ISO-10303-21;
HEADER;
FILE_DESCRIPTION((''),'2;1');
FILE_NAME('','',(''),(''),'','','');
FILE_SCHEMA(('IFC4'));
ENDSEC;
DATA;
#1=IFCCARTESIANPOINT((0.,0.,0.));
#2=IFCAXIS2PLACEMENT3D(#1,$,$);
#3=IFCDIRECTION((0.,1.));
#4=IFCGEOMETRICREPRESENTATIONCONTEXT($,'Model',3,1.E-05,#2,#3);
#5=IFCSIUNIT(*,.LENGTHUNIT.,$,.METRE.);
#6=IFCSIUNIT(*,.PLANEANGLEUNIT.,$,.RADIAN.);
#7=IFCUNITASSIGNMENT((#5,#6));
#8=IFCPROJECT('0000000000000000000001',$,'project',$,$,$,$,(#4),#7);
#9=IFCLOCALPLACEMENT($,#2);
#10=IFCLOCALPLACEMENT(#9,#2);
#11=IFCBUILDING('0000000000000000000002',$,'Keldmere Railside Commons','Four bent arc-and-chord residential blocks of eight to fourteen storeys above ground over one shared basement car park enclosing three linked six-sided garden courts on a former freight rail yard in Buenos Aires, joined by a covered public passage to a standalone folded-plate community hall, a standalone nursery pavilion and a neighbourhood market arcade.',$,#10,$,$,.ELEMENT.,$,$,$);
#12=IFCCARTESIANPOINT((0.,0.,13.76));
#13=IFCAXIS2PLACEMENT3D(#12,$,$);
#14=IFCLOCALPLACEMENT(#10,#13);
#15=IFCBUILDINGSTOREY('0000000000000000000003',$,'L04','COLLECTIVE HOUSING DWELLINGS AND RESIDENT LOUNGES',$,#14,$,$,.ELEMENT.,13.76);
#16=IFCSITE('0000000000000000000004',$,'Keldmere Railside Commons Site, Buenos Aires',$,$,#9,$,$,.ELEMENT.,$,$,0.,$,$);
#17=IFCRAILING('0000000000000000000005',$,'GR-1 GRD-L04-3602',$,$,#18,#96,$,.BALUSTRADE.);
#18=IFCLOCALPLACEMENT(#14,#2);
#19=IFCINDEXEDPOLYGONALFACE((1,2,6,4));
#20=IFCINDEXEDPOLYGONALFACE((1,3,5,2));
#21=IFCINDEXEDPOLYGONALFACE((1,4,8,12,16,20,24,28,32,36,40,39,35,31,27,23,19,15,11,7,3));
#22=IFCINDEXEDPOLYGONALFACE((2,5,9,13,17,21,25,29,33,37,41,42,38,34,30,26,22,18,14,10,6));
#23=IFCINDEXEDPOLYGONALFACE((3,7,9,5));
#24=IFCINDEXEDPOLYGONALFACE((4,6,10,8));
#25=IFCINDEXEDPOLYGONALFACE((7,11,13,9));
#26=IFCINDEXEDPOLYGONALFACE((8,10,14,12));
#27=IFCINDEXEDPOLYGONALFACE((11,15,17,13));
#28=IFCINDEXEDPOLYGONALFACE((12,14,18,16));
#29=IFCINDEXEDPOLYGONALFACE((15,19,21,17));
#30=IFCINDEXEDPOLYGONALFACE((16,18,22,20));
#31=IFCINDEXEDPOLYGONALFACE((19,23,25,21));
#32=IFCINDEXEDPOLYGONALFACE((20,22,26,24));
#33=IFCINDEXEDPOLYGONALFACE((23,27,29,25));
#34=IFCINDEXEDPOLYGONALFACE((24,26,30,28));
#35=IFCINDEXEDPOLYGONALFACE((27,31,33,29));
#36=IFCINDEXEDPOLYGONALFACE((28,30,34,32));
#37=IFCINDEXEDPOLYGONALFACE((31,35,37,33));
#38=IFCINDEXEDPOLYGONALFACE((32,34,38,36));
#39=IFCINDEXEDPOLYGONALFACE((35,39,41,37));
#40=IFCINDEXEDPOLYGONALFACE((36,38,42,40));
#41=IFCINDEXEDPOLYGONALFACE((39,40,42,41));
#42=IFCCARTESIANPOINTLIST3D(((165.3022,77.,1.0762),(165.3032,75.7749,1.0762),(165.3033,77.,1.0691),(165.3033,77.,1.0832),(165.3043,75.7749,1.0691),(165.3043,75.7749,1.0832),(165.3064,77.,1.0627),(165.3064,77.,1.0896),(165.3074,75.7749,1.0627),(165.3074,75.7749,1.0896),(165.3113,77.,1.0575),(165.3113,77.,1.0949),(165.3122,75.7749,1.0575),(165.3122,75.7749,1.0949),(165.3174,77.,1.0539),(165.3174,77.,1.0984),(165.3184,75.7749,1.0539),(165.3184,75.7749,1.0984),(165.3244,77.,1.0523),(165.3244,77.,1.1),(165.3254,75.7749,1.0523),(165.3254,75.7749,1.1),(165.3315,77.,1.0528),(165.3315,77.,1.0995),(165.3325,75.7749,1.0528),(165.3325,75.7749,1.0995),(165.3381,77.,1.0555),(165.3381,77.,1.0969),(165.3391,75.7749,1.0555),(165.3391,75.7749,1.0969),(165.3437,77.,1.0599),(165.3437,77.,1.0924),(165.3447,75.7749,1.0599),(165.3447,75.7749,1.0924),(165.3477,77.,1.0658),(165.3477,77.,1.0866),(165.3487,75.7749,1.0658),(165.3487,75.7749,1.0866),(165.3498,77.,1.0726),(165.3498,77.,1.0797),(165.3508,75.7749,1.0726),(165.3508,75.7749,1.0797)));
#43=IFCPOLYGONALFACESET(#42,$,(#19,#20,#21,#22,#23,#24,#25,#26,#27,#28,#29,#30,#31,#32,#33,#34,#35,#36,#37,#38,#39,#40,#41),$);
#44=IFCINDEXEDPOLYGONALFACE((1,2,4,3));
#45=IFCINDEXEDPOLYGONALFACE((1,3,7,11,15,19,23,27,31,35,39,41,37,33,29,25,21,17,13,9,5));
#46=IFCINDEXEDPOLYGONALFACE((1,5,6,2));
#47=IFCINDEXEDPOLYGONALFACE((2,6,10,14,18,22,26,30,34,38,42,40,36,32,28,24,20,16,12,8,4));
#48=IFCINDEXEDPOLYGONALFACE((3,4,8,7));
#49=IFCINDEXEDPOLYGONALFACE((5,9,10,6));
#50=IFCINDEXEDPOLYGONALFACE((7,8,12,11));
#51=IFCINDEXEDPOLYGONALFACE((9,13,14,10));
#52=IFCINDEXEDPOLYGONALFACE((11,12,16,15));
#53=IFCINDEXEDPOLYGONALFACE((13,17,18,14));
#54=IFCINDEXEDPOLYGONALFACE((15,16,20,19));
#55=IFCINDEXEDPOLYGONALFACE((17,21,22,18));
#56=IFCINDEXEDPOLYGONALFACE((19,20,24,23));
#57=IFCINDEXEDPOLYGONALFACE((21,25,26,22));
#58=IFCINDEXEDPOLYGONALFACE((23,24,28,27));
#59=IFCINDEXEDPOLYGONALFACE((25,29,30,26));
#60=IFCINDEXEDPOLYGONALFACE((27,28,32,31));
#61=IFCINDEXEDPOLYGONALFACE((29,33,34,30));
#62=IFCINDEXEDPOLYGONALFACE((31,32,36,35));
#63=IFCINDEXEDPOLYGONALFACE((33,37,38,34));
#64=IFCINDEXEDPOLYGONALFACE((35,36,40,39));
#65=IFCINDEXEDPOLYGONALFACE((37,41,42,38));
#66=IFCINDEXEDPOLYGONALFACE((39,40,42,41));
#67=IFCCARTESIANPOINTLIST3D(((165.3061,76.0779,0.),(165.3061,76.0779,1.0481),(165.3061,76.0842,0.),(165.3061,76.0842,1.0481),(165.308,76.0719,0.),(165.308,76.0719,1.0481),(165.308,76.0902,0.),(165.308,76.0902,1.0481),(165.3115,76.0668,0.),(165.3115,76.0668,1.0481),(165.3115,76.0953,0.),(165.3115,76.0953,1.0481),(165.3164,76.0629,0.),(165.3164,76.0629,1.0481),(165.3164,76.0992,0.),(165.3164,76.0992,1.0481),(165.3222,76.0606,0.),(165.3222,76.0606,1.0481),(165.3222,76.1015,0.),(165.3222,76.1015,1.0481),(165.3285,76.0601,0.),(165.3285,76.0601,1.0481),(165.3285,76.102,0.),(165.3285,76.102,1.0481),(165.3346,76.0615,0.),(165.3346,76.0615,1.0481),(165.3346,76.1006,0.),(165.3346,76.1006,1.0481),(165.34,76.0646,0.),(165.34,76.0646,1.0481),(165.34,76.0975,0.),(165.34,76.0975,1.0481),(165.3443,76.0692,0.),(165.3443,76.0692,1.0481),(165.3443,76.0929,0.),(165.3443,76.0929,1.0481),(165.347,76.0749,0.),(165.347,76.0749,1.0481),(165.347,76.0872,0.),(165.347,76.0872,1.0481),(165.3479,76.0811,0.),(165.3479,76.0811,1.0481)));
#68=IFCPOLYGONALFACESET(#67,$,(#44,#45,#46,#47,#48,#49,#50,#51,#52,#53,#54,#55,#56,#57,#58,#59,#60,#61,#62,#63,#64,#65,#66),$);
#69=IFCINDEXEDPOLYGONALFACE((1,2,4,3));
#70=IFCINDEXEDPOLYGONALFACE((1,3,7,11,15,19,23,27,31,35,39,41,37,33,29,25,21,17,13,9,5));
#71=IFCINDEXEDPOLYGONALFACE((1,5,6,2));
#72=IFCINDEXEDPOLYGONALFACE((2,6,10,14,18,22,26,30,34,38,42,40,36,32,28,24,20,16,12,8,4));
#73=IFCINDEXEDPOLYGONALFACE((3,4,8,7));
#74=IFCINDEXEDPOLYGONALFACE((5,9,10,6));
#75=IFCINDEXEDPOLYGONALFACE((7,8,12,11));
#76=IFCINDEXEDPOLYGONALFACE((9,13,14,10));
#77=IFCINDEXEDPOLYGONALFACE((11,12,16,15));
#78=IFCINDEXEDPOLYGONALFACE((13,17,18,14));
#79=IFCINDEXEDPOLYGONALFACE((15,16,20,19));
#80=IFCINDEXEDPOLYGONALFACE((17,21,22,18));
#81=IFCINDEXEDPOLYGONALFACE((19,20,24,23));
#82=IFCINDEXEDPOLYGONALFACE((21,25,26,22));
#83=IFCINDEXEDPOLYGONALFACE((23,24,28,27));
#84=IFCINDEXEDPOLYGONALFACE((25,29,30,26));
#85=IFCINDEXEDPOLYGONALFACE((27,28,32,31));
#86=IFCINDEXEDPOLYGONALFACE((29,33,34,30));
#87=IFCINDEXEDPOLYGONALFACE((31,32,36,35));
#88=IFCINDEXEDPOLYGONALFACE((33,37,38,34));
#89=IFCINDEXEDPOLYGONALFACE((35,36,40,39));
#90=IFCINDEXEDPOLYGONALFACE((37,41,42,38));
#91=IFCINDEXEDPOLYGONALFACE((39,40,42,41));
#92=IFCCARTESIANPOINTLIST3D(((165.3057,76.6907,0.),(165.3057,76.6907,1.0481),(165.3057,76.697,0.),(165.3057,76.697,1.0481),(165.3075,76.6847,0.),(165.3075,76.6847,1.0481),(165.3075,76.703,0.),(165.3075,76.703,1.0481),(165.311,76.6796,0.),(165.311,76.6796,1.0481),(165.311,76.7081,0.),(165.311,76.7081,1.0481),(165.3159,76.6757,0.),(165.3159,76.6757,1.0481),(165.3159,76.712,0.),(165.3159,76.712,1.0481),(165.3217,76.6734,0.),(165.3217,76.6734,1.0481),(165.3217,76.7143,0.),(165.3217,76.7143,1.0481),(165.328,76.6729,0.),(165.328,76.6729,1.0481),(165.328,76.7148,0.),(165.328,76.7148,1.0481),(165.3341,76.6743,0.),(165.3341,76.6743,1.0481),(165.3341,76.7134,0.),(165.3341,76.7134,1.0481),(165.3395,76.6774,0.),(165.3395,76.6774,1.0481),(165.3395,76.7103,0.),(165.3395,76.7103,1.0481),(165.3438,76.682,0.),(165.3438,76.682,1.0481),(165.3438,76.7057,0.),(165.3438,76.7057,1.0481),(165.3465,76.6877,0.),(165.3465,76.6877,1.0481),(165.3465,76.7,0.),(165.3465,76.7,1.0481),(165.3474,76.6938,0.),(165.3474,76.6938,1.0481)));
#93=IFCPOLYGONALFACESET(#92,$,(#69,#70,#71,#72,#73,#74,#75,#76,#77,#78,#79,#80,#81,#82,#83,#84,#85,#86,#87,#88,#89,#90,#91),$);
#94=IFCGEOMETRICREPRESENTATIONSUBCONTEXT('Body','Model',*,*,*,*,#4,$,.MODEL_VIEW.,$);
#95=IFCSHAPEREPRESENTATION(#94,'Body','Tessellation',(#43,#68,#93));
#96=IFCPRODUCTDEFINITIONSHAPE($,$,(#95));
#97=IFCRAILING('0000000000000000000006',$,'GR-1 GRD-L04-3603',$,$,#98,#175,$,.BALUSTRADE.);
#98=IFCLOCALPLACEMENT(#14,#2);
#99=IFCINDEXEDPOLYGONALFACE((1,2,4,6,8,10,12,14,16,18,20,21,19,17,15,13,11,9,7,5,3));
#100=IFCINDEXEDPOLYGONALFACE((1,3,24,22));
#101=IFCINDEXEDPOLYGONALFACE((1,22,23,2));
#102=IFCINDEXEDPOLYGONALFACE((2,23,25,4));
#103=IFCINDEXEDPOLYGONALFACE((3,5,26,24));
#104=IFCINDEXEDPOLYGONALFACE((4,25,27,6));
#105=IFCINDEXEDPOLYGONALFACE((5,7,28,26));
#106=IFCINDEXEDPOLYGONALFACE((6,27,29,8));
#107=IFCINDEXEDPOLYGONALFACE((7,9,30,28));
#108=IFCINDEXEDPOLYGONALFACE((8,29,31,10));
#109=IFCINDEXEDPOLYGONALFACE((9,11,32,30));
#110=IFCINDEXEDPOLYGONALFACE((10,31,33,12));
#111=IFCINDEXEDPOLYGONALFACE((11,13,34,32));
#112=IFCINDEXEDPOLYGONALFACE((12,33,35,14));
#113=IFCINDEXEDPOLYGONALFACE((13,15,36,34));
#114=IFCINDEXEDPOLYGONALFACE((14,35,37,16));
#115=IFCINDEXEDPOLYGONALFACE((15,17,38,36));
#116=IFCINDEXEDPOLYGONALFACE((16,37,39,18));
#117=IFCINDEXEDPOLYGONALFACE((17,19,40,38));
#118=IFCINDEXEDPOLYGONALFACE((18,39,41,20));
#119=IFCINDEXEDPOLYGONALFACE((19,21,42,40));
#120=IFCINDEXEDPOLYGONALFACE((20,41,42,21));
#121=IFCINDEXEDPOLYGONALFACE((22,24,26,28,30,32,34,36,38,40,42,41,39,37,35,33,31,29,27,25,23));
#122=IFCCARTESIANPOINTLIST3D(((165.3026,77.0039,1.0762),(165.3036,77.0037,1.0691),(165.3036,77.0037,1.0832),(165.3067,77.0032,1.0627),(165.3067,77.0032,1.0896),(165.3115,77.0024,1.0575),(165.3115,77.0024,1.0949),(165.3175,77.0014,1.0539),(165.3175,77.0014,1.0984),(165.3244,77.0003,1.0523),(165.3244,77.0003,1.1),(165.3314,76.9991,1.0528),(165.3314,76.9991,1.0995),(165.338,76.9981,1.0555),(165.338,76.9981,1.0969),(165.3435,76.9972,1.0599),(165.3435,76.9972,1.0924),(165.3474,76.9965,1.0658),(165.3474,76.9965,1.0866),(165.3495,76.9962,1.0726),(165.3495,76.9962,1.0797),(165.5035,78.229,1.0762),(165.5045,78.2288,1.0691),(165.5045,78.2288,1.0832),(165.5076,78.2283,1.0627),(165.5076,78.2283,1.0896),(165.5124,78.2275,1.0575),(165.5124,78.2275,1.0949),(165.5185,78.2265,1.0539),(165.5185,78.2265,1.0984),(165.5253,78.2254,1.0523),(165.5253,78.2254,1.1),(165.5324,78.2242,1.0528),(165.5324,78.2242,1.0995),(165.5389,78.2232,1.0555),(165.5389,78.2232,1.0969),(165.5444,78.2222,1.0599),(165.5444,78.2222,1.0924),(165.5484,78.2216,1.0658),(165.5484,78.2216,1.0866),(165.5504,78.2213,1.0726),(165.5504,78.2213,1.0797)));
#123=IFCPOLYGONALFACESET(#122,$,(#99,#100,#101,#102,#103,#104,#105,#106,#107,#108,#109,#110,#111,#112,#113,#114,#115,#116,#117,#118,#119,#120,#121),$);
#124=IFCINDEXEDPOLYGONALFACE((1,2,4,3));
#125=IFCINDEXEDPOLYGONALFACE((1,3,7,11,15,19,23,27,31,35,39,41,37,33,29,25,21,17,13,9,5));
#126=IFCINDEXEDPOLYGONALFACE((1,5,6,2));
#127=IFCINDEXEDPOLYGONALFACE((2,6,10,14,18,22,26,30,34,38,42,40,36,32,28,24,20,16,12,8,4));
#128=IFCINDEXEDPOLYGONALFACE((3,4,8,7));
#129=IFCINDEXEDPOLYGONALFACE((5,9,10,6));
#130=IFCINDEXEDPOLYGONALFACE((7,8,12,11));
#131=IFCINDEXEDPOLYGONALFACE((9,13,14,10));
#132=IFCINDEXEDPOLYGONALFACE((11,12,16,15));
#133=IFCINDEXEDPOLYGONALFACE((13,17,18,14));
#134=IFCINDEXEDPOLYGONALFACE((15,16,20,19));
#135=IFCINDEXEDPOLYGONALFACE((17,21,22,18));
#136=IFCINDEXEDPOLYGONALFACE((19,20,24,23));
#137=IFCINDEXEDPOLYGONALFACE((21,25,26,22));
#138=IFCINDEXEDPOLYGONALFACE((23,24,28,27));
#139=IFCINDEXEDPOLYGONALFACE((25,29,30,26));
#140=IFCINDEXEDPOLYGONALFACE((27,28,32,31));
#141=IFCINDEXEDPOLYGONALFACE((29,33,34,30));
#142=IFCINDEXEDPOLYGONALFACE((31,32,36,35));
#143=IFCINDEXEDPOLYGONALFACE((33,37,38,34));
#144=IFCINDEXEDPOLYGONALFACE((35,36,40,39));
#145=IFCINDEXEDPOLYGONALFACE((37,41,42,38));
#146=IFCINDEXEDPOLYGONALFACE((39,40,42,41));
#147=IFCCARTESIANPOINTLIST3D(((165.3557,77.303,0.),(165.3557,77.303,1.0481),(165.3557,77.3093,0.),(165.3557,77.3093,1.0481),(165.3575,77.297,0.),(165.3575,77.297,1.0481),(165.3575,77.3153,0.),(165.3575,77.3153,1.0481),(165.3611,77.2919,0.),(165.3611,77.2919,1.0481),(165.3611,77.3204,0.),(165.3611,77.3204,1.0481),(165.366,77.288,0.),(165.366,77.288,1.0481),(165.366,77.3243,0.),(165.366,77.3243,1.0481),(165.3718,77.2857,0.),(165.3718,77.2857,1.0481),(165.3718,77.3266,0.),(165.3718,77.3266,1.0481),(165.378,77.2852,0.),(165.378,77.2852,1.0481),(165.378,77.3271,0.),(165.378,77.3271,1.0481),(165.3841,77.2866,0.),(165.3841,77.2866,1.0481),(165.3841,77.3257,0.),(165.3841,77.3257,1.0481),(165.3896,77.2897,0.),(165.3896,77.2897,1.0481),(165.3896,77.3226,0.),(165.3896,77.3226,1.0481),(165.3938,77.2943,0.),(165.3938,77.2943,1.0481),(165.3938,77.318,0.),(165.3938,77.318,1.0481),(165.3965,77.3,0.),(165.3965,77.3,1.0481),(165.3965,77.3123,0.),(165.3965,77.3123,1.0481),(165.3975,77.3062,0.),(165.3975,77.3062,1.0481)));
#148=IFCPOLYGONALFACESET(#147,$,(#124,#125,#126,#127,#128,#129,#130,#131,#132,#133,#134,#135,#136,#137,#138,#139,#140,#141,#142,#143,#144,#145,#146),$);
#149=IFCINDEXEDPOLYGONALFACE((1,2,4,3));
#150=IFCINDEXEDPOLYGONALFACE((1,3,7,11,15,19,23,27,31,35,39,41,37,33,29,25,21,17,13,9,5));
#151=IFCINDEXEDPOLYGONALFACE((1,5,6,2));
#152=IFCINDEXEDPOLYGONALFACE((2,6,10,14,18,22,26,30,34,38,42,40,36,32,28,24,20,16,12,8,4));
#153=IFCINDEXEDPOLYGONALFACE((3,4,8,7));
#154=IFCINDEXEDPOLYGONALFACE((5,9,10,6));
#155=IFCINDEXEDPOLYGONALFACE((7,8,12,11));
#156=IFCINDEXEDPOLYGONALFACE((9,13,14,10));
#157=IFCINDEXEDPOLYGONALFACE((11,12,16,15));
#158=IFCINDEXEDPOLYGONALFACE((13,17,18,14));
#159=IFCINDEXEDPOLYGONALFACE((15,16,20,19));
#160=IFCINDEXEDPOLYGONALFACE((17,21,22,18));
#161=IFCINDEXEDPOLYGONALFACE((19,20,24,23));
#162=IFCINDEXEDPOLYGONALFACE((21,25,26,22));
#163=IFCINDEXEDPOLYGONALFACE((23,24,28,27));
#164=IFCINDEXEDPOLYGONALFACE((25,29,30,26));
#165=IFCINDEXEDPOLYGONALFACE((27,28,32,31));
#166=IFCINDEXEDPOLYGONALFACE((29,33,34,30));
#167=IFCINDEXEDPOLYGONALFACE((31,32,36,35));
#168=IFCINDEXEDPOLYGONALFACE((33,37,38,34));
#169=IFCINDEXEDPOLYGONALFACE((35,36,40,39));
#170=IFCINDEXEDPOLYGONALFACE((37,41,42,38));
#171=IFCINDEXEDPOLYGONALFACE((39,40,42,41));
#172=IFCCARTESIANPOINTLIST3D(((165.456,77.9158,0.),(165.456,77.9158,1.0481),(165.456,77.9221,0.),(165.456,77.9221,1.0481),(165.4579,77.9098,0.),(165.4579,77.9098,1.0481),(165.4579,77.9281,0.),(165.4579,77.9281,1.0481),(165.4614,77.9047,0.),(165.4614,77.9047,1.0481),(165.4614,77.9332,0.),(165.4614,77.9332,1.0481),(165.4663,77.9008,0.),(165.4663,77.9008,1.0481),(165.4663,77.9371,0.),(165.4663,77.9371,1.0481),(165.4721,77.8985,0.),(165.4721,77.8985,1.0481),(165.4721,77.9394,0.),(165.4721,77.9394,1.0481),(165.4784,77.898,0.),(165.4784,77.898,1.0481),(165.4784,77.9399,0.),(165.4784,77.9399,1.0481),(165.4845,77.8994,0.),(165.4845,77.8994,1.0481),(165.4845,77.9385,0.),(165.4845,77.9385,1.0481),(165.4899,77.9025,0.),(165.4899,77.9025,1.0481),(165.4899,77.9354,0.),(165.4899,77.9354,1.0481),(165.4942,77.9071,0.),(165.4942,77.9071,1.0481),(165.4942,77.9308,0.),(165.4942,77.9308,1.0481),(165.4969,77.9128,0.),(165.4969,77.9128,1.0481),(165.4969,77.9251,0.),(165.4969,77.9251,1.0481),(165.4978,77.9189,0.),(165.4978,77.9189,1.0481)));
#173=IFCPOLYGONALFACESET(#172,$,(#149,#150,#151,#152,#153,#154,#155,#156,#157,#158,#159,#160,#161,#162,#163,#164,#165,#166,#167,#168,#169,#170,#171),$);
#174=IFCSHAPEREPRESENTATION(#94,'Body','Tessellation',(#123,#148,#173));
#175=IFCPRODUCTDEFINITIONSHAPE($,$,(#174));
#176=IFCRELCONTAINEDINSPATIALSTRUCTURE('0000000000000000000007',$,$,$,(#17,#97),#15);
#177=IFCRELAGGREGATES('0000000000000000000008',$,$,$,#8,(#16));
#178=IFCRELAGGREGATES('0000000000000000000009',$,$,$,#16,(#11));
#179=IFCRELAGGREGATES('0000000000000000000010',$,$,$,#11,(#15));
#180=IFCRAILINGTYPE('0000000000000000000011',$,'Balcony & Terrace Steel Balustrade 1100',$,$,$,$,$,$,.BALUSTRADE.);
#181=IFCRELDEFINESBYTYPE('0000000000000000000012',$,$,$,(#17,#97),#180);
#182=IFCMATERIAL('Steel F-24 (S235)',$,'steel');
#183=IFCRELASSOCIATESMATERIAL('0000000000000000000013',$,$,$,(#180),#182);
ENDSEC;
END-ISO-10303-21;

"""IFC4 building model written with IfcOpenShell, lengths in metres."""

from ifc_helpers import new_model, si_unit, direction, frame, origin, origin_2d, place, context, subcontext, project, spatial, circle, extrude, material, type_object, element, save


model = new_model("IFC4")

# Units and contexts
model_context = context("Model", 3, precision=1e-05, world=origin(), true_north=direction((0.0, 1.0)))
body_context = subcontext(model_context, "Body", "Model", "MODEL_VIEW")
ifc_project = project(units=[si_unit("LENGTHUNIT", "METRE"), si_unit("PLANEANGLEUNIT", "RADIAN")], contexts=[model_context])

# Site, building, storey
site_placement = place(None, origin())
site = spatial("IfcSite", under=ifc_project, at=site_placement, Name="Keldmere Railside Commons Site, Buenos Aires", CompositionType="ELEMENT", RefElevation=0.0)
building_placement = place(site_placement, origin())
building = spatial("IfcBuilding", under=site, at=building_placement, Name="Keldmere Railside Commons", Description="Four bent arc-and-chord residential blocks of eight to fourteen storeys above ground over one shared basement car park enclosing three linked six-sided garden courts on a former freight rail yard in Buenos Aires, joined by a covered public passage to a standalone folded-plate community hall, a standalone nursery pavilion and a neighbourhood market arcade.", CompositionType="ELEMENT")
storey_placement = place(building_placement, frame((0.0, 0.0, 13.76)))
storey = spatial("IfcBuildingStorey", under=building, at=storey_placement, Name="L04", Description="COLLECTIVE HOUSING DWELLINGS AND RESIDENT LOUNGES", CompositionType="ELEMENT", Elevation=13.76)

# Shared definitions
ifc_material_1 = material(Name="Steel F-24 (S235)", Category="steel")

# Railings
railing_type_1 = type_object("IfcRailingType", Name="Balcony & Terrace Steel Balustrade 1100", PredefinedType="BALUSTRADE", material=ifc_material_1)
railing_1_placement = place(storey_placement, frame((165.3271, 75.7749, 0.0)))
element("IfcRailing", 1, at=railing_1_placement, inside=storey, type_object=railing_type_1, Name="GR-1 GRD-L04-3602", PredefinedType="BALUSTRADE", context=body_context, shape_type="SweptSolid", body=[
    extrude(circle(Radius=0.0239, at=origin_2d()), frame((0.0, 0.0, 1.0762), z_axis=(-0.000797, 1.0, 0.0), x_axis=(-1.0, -0.000797, 0.0)), (0.0, 0.0, 1.0), 1.2251),
    extrude(circle(Radius=0.021, at=origin_2d()), frame((-0.0002, 0.3062, 0.0)), (0.0, 0.0, 1.0), 1.0481),
    extrude(circle(Radius=0.021, at=origin_2d()), frame((-0.0007, 0.9189, 0.0)), (0.0, 0.0, 1.0), 1.0481),
])
railing_2_placement = place(storey_placement, frame((165.3262, 77.0, 0.0)))
element("IfcRailing", 2, at=railing_2_placement, inside=storey, type_object=railing_type_1, Name="GR-1 GRD-L04-3603", PredefinedType="BALUSTRADE", context=body_context, shape_type="SweptSolid", body=[
    extrude(circle(Radius=0.0239, at=origin_2d()), frame((0.0, 0.0, 1.0762), z_axis=(0.161847, 0.986816, 0.0), x_axis=(-0.986816, 0.161847, 0.0)), (0.0, 0.0, 1.0), 1.2415),
    extrude(circle(Radius=0.021, at=origin_2d()), frame((0.0503, 0.3062, 0.0)), (0.0, 0.0, 1.0), 1.0481),
    extrude(circle(Radius=0.021, at=origin_2d()), frame((0.1506, 0.9189, 0.0)), (0.0, 0.0, 1.0), 1.0481),
])

save(model, "model.ifc")
